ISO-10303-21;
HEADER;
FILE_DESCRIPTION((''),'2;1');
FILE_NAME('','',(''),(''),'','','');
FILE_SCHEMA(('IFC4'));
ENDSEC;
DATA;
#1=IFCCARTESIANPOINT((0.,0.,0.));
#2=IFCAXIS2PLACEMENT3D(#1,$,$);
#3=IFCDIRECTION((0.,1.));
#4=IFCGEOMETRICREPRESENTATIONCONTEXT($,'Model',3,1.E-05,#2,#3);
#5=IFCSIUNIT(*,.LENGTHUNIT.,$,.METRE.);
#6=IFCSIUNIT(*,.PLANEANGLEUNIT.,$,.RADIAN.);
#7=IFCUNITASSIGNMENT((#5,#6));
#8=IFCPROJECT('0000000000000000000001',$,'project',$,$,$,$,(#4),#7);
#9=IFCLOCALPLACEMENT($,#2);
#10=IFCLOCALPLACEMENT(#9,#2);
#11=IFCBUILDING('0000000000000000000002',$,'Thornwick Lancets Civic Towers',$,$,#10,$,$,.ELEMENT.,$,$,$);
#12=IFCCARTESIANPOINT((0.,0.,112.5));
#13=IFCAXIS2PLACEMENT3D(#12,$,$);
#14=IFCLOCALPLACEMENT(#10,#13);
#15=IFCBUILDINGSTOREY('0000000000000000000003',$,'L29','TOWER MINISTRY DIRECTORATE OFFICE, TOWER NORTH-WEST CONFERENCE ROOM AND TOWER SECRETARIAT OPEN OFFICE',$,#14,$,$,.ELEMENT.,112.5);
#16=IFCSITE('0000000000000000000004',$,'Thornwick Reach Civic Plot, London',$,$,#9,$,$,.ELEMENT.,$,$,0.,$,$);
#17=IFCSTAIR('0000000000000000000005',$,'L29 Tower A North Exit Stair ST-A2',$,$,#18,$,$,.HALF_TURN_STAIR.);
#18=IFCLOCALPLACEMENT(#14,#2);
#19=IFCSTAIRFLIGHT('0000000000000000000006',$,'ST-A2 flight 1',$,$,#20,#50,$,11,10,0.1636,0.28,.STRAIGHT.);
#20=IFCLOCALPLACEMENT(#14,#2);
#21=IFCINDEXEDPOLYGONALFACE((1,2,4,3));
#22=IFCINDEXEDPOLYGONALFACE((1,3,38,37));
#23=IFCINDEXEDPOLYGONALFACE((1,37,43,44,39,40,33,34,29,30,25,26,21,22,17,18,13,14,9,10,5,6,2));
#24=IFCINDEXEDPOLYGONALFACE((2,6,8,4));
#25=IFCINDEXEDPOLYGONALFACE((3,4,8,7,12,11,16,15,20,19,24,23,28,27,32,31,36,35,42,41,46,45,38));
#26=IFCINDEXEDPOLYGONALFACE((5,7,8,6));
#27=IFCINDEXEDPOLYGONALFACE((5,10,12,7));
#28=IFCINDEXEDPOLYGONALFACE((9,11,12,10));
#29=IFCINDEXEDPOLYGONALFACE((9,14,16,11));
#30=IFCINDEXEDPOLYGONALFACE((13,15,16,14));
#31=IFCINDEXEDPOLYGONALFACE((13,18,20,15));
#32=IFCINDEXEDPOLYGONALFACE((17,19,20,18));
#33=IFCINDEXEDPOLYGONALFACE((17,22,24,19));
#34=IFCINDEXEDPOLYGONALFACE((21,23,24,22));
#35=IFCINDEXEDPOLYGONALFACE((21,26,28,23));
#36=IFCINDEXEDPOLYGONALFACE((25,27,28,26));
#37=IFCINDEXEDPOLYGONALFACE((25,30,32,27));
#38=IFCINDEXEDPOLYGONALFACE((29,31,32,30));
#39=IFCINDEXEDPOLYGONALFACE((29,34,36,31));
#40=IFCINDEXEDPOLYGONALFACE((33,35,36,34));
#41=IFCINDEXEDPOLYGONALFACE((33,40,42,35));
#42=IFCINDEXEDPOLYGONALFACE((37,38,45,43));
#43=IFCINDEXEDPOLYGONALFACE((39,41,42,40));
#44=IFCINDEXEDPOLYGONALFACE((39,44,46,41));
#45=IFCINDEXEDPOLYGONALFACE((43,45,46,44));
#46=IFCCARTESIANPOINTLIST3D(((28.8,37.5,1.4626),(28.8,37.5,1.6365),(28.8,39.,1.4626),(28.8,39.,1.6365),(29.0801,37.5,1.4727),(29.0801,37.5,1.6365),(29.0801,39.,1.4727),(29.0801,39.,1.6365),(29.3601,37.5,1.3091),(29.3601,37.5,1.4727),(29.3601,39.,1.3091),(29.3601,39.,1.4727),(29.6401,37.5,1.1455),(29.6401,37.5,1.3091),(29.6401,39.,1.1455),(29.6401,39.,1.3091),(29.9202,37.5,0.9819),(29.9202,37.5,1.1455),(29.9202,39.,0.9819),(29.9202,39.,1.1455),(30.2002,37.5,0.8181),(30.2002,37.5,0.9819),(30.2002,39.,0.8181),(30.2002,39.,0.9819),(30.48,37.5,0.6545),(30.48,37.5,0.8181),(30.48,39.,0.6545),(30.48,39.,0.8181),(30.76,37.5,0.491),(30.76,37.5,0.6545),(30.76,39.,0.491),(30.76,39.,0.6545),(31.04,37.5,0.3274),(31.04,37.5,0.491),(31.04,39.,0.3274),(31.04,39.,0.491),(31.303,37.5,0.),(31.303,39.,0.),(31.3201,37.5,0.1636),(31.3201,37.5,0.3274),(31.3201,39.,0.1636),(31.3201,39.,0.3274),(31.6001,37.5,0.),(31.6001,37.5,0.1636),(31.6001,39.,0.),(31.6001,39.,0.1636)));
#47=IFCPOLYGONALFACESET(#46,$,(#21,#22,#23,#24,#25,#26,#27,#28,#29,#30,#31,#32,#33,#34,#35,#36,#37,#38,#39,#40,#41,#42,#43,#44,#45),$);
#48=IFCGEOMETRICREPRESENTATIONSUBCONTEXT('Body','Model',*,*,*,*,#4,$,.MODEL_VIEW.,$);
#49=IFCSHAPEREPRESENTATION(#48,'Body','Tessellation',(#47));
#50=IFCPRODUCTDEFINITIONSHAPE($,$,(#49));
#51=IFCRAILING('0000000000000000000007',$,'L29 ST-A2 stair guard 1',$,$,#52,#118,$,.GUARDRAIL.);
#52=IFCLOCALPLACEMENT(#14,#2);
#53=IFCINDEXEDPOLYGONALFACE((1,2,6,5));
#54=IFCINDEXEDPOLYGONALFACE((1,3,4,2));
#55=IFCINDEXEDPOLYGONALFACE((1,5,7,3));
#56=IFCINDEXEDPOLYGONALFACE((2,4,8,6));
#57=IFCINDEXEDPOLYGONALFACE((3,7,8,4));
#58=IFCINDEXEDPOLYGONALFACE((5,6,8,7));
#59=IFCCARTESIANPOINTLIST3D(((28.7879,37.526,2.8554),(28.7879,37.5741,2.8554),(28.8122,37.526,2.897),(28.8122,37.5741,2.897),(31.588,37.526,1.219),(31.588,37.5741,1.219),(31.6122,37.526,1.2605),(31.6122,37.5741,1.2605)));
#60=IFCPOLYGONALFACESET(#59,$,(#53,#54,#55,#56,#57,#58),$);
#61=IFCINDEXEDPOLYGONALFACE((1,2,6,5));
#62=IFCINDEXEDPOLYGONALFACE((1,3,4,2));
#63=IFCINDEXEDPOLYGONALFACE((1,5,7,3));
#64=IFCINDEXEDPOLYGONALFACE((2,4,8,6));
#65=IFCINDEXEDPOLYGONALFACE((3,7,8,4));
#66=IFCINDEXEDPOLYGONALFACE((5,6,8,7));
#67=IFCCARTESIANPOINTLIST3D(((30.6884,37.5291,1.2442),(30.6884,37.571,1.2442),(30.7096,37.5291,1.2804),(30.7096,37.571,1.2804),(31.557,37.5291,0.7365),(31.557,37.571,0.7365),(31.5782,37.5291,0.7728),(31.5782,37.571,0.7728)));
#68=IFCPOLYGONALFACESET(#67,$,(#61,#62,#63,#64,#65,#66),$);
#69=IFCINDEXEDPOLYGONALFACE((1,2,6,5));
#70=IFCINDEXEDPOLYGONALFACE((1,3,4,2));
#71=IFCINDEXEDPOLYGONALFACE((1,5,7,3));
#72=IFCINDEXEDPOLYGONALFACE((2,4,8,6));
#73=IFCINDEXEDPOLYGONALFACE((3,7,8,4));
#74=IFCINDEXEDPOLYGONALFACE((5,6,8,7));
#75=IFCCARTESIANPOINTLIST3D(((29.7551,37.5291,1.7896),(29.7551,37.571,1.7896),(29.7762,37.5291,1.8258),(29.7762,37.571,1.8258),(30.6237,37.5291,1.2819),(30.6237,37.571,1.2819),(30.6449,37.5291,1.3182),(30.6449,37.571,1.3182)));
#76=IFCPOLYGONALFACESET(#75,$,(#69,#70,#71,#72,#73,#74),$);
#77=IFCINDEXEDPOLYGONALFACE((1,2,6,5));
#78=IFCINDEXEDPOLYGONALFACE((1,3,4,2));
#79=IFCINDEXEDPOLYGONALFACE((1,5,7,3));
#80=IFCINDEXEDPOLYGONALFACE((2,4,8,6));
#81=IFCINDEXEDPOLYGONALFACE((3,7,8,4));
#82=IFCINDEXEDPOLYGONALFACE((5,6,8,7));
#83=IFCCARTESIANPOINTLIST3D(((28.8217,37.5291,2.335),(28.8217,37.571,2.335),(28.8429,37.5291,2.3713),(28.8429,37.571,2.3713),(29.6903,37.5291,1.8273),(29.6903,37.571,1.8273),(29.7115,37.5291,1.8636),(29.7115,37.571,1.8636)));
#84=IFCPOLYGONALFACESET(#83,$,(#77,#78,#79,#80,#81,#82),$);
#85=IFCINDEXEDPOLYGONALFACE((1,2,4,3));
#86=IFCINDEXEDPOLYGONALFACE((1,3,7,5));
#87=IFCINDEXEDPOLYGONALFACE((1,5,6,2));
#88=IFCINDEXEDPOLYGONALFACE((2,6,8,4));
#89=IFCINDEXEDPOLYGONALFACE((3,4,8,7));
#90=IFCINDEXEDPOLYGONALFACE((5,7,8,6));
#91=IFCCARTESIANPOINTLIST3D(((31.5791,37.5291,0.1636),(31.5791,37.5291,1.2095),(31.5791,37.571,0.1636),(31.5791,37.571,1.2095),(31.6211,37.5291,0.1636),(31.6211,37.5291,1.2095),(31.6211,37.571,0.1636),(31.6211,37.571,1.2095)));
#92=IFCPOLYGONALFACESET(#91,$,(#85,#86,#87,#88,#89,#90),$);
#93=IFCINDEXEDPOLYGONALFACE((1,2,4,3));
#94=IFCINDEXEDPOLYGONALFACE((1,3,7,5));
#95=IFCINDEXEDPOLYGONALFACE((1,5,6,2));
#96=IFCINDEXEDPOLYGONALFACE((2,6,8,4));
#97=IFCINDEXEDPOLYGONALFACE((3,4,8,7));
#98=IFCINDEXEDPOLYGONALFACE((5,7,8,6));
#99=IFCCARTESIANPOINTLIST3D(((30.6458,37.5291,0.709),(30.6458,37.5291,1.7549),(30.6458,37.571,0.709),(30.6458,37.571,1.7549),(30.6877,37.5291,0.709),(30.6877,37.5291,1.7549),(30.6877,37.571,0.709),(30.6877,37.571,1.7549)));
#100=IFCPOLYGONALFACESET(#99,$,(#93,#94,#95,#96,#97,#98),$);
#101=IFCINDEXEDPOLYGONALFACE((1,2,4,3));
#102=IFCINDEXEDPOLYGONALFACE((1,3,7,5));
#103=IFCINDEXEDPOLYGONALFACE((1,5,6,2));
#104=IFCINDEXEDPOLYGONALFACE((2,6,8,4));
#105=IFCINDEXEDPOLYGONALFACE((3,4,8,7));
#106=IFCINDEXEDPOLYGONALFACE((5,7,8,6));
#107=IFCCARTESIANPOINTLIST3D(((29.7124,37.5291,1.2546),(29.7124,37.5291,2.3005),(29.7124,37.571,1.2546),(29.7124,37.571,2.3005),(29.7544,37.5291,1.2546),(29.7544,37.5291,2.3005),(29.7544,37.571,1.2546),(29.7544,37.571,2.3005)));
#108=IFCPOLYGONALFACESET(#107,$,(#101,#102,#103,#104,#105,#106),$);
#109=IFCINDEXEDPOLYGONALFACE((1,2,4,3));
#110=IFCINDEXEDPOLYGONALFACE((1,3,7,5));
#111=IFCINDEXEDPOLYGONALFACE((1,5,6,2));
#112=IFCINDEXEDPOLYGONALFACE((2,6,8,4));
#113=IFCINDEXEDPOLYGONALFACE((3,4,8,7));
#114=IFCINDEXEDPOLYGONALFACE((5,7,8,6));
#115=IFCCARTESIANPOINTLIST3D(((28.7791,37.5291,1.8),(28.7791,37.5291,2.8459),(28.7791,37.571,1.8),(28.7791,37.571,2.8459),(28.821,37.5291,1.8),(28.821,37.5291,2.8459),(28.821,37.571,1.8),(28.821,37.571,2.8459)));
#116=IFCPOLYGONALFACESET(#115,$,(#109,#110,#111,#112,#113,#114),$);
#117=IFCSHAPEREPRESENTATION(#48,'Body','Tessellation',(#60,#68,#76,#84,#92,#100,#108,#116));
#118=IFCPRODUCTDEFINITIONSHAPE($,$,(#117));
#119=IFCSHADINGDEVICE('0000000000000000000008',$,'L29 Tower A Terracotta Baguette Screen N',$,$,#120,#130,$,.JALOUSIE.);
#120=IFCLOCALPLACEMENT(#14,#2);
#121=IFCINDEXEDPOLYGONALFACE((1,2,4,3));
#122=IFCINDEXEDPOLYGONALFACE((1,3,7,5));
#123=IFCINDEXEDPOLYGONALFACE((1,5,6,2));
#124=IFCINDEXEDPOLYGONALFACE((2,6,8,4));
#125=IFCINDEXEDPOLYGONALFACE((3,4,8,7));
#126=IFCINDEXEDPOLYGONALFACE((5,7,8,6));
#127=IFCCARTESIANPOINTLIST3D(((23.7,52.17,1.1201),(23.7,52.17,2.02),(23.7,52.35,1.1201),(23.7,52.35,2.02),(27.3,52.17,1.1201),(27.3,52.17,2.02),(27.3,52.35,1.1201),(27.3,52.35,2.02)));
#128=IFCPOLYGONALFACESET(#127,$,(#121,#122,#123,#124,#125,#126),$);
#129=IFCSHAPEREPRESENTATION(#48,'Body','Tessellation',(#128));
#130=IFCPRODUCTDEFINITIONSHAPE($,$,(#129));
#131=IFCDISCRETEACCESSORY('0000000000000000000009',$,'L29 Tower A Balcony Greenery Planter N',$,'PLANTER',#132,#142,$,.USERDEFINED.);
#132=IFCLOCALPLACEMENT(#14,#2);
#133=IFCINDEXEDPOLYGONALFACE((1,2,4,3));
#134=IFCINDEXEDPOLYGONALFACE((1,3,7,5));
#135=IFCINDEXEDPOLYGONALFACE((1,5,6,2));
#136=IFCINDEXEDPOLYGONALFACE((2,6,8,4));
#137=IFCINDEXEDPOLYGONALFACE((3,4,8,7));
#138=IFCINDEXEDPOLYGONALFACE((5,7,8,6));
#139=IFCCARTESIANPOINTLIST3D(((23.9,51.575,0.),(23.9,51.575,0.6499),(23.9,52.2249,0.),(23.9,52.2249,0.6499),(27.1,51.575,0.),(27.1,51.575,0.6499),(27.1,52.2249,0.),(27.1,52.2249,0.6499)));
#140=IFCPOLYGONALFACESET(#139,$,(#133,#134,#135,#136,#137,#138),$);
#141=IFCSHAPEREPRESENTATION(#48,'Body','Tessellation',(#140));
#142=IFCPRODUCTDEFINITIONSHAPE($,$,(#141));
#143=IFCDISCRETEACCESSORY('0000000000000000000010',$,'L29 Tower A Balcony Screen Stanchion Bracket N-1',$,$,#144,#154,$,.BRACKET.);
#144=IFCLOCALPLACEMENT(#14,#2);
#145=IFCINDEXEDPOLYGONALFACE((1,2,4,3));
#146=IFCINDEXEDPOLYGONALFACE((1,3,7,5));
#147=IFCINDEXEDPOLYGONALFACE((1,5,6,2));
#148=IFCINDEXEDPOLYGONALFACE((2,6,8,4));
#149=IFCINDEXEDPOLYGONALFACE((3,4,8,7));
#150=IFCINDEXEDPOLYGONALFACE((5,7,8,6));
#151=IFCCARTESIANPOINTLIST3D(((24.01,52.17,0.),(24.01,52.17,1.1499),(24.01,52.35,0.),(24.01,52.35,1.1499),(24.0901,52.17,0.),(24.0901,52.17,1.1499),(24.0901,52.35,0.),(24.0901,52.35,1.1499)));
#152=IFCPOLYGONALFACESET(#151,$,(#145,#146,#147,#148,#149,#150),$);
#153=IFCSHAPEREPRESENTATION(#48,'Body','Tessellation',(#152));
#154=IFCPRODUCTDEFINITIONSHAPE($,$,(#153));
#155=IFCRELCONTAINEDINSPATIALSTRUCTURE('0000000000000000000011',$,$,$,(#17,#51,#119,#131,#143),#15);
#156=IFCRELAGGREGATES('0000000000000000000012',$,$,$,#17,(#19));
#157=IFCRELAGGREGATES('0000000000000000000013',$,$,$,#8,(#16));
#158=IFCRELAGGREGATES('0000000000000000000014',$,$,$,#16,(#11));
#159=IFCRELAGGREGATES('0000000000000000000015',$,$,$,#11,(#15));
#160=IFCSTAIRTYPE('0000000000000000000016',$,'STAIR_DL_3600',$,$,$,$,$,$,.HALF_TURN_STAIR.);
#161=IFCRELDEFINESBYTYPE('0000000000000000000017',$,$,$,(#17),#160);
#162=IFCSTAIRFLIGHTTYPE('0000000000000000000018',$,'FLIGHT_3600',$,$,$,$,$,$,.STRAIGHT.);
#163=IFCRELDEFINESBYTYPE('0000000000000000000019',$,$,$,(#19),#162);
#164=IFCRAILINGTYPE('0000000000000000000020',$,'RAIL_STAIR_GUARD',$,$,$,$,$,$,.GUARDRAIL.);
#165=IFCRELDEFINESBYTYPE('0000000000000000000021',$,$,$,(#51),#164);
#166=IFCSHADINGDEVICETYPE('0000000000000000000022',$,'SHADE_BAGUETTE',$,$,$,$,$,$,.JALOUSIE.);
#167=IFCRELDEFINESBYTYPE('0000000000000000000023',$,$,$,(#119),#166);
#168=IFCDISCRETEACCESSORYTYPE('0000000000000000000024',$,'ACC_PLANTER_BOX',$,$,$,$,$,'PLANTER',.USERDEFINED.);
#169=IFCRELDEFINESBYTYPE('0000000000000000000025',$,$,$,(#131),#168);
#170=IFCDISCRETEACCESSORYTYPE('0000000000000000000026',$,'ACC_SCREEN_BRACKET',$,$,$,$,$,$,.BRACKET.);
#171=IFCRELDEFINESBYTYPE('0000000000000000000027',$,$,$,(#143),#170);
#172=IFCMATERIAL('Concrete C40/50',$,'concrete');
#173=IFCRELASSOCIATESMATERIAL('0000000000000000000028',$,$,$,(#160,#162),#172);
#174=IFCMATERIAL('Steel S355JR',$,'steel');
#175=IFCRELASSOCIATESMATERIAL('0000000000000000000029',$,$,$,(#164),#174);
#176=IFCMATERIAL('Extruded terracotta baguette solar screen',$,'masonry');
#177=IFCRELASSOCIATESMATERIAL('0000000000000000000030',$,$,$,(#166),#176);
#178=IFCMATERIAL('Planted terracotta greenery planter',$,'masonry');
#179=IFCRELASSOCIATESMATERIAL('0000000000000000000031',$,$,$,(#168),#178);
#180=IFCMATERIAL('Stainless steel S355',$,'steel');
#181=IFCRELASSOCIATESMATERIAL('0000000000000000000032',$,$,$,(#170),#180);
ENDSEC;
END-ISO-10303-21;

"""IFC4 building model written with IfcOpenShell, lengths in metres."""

from ifc_helpers import new_model, si_unit, direction, frame, origin, origin_2d, place, context, subcontext, project, spatial, polyline, rectangle, outline, extrude, material, type_object, element, aggregate, save


model = new_model("IFC4")

# Units and contexts
model_context = context("Model", 3, precision=1e-05, world=origin(), true_north=direction((0.0, 1.0)))
body_context = subcontext(model_context, "Body", "Model", "MODEL_VIEW")
ifc_project = project(units=[si_unit("LENGTHUNIT", "METRE"), si_unit("PLANEANGLEUNIT", "RADIAN")], contexts=[model_context])

# Site, building, storey
site_placement = place(None, origin())
site = spatial("IfcSite", under=ifc_project, at=site_placement, Name="Thornwick Reach Civic Plot, London", CompositionType="ELEMENT", RefElevation=0.0)
building_placement = place(site_placement, origin())
building = spatial("IfcBuilding", under=site, at=building_placement, Name="Thornwick Lancets Civic Towers", CompositionType="ELEMENT")
storey_placement = place(building_placement, frame((0.0, 0.0, 112.5)))
storey = spatial("IfcBuildingStorey", under=building, at=storey_placement, Name="L29", Description="TOWER MINISTRY DIRECTORATE OFFICE, TOWER NORTH-WEST CONFERENCE ROOM AND TOWER SECRETARIAT OPEN OFFICE", CompositionType="ELEMENT", Elevation=112.5)

# Shared definitions
ifc_material_1 = material(Name="Steel S355JR", Category="steel")
ifc_material_2 = material(Name="Concrete C40/50", Category="concrete")

# Stair, stair flight
stair_type = type_object("IfcStairType", Name="STAIR_DL_3600", PredefinedType="HALF_TURN_STAIR", material=ifc_material_2)
stair_placement = place(storey_placement, origin())
stair = element("IfcStair", 1, at=stair_placement, inside=storey, type_object=stair_type, Name="L29 Tower A North Exit Stair ST-A2", PredefinedType="HALF_TURN_STAIR")
stair_flight_type = type_object("IfcStairFlightType", Name="FLIGHT_3600", PredefinedType="STRAIGHT", material=ifc_material_2)
stair_flight_placement = place(storey_placement, frame((31.6001, 38.25, 0.0), z_axis=(0.0, 0.0, 1.0), x_axis=(-1.0, 0.0, 0.0)))
stair_flight = element("IfcStairFlight", 2, at=stair_flight_placement, type_object=stair_flight_type, Name="ST-A2 flight 1", NumberOfRisers=11, NumberOfTreads=10, PredefinedType="STRAIGHT", RiserHeight=0.1636, TreadLength=0.28, context=body_context, shape_type="SweptSolid", body=[
    extrude(outline(polyline([(0.0, 0.0), (0.0, 0.1636), (0.28, 0.1636), (0.28, 0.3274), (0.5601, 0.3274), (0.5601, 0.491), (0.8401, 0.491), (0.8401, 0.6545), (1.1201, 0.6545), (1.1201, 0.8181), (1.3999, 0.8181), (1.3999, 0.9819), (1.6799, 0.9819), (1.6799, 1.1455), (1.96, 1.1455), (1.96, 1.3091), (2.24, 1.3091), (2.24, 1.4727), (2.52, 1.4727), (2.52, 1.6365), (2.8, 1.6365), (2.8, 1.8), (2.8, 1.4626), (0.2971, 0.0), (0.0, 0.0)])), frame((0.0, 0.75, 0.0), z_axis=(0.0, -1.0, 0.0), x_axis=(1.0, 0.0, 0.0)), (0.0, 0.0, 1.0), 1.5),
])
aggregate(stair, [stair_flight])

# Railing
railing_type = type_object("IfcRailingType", Name="RAIL_STAIR_GUARD", PredefinedType="GUARDRAIL", material=ifc_material_1)
railing_placement = place(storey_placement, frame((31.6001, 37.55, 0.1636)))
element("IfcRailing", 3, at=railing_placement, inside=storey, type_object=railing_type, Name="L29 ST-A2 stair guard 1", PredefinedType="GUARDRAIL", context=body_context, shape_type="SweptSolid", body=[
    extrude(rectangle(XDim=0.0481, YDim=0.0481, at=origin_2d()), frame((0.0, 0.0, 1.0762), z_axis=(-0.863361, 0.0, 0.504587), x_axis=(0.0, -1.0, 0.0)), (0.0, 0.0, 1.0), 3.2432),
    extrude(rectangle(XDim=0.042, YDim=0.042, at=origin_2d()), frame((-0.0325, 0.0, 0.5911), z_axis=(-0.863361, 0.0, 0.504587), x_axis=(0.0, -1.0, 0.0)), (0.0, 0.0, 1.0), 1.0061),
    extrude(rectangle(XDim=0.042, YDim=0.042, at=origin_2d()), frame((-0.9658, 0.0, 1.1365), z_axis=(-0.863361, 0.0, 0.504587), x_axis=(0.0, -1.0, 0.0)), (0.0, 0.0, 1.0), 1.0061),
    extrude(rectangle(XDim=0.042, YDim=0.042, at=origin_2d()), frame((-1.8992, 0.0, 1.6819), z_axis=(-0.863361, 0.0, 0.504587), x_axis=(0.0, -1.0, 0.0)), (0.0, 0.0, 1.0), 1.0061),
    extrude(rectangle(XDim=0.042, YDim=0.042, at=origin_2d()), origin(), (0.0, 0.0, 1.0), 1.0459),
    extrude(rectangle(XDim=0.042, YDim=0.042, at=origin_2d()), frame((-0.9333, 0.0, 0.5454)), (0.0, 0.0, 1.0), 1.0459),
    extrude(rectangle(XDim=0.042, YDim=0.042, at=origin_2d()), frame((-1.8667, 0.0, 1.0911)), (0.0, 0.0, 1.0), 1.0459),
    extrude(rectangle(XDim=0.042, YDim=0.042, at=origin_2d()), frame((-2.8, 0.0, 1.6365)), (0.0, 0.0, 1.0), 1.0459),
])

# Shading device
ifc_material_3 = material(Name="Extruded terracotta baguette solar screen", Category="masonry")
shading_device_type = type_object("IfcShadingDeviceType", Name="SHADE_BAGUETTE", PredefinedType="JALOUSIE", material=ifc_material_3)
shading_device_placement = place(storey_placement, frame((25.5, 52.26, 1.1201), z_axis=(0.0, 0.0, 1.0), x_axis=(1.0, 0.0, 0.0)))
element("IfcShadingDevice", 4, at=shading_device_placement, inside=storey, type_object=shading_device_type, Name="L29 Tower A Terracotta Baguette Screen N", PredefinedType="JALOUSIE", context=body_context, shape_type="SweptSolid", body=[
    extrude(rectangle(XDim=3.6001, YDim=0.1799, at=origin_2d()), origin(), (0.0, 0.0, 1.0), 0.8999),
])

# Discrete accessories
ifc_material_4 = material(Name="Planted terracotta greenery planter", Category="masonry")
discrete_accessory_type_1 = type_object("IfcDiscreteAccessoryType", Name="ACC_PLANTER_BOX", ElementType="PLANTER", PredefinedType="USERDEFINED", material=ifc_material_4)
discrete_accessory_1_placement = place(storey_placement, frame((25.5, 51.8999, 0.0), z_axis=(0.0, 0.0, 1.0), x_axis=(1.0, 0.0, 0.0)))
element("IfcDiscreteAccessory", 5, at=discrete_accessory_1_placement, inside=storey, type_object=discrete_accessory_type_1, Name="L29 Tower A Balcony Greenery Planter N", ObjectType="PLANTER", PredefinedType="USERDEFINED", context=body_context, shape_type="SweptSolid", body=[
    extrude(rectangle(XDim=3.2, YDim=0.6499, at=origin_2d()), origin(), (0.0, 0.0, 1.0), 0.6499),
])
ifc_material_5 = material(Name="Stainless steel S355", Category="steel")
discrete_accessory_type_2 = type_object("IfcDiscreteAccessoryType", Name="ACC_SCREEN_BRACKET", PredefinedType="BRACKET", material=ifc_material_5)
discrete_accessory_2_placement = place(storey_placement, frame((24.05, 52.26, 0.0), z_axis=(0.0, 0.0, 1.0), x_axis=(1.0, 0.0, 0.0)))
element("IfcDiscreteAccessory", 6, at=discrete_accessory_2_placement, inside=storey, type_object=discrete_accessory_type_2, Name="L29 Tower A Balcony Screen Stanchion Bracket N-1", PredefinedType="BRACKET", context=body_context, shape_type="SweptSolid", body=[
    extrude(rectangle(XDim=0.0801, YDim=0.1799, at=origin_2d()), origin(), (0.0, 0.0, 1.0), 1.1499),
])

save(model, "model.ifc")
